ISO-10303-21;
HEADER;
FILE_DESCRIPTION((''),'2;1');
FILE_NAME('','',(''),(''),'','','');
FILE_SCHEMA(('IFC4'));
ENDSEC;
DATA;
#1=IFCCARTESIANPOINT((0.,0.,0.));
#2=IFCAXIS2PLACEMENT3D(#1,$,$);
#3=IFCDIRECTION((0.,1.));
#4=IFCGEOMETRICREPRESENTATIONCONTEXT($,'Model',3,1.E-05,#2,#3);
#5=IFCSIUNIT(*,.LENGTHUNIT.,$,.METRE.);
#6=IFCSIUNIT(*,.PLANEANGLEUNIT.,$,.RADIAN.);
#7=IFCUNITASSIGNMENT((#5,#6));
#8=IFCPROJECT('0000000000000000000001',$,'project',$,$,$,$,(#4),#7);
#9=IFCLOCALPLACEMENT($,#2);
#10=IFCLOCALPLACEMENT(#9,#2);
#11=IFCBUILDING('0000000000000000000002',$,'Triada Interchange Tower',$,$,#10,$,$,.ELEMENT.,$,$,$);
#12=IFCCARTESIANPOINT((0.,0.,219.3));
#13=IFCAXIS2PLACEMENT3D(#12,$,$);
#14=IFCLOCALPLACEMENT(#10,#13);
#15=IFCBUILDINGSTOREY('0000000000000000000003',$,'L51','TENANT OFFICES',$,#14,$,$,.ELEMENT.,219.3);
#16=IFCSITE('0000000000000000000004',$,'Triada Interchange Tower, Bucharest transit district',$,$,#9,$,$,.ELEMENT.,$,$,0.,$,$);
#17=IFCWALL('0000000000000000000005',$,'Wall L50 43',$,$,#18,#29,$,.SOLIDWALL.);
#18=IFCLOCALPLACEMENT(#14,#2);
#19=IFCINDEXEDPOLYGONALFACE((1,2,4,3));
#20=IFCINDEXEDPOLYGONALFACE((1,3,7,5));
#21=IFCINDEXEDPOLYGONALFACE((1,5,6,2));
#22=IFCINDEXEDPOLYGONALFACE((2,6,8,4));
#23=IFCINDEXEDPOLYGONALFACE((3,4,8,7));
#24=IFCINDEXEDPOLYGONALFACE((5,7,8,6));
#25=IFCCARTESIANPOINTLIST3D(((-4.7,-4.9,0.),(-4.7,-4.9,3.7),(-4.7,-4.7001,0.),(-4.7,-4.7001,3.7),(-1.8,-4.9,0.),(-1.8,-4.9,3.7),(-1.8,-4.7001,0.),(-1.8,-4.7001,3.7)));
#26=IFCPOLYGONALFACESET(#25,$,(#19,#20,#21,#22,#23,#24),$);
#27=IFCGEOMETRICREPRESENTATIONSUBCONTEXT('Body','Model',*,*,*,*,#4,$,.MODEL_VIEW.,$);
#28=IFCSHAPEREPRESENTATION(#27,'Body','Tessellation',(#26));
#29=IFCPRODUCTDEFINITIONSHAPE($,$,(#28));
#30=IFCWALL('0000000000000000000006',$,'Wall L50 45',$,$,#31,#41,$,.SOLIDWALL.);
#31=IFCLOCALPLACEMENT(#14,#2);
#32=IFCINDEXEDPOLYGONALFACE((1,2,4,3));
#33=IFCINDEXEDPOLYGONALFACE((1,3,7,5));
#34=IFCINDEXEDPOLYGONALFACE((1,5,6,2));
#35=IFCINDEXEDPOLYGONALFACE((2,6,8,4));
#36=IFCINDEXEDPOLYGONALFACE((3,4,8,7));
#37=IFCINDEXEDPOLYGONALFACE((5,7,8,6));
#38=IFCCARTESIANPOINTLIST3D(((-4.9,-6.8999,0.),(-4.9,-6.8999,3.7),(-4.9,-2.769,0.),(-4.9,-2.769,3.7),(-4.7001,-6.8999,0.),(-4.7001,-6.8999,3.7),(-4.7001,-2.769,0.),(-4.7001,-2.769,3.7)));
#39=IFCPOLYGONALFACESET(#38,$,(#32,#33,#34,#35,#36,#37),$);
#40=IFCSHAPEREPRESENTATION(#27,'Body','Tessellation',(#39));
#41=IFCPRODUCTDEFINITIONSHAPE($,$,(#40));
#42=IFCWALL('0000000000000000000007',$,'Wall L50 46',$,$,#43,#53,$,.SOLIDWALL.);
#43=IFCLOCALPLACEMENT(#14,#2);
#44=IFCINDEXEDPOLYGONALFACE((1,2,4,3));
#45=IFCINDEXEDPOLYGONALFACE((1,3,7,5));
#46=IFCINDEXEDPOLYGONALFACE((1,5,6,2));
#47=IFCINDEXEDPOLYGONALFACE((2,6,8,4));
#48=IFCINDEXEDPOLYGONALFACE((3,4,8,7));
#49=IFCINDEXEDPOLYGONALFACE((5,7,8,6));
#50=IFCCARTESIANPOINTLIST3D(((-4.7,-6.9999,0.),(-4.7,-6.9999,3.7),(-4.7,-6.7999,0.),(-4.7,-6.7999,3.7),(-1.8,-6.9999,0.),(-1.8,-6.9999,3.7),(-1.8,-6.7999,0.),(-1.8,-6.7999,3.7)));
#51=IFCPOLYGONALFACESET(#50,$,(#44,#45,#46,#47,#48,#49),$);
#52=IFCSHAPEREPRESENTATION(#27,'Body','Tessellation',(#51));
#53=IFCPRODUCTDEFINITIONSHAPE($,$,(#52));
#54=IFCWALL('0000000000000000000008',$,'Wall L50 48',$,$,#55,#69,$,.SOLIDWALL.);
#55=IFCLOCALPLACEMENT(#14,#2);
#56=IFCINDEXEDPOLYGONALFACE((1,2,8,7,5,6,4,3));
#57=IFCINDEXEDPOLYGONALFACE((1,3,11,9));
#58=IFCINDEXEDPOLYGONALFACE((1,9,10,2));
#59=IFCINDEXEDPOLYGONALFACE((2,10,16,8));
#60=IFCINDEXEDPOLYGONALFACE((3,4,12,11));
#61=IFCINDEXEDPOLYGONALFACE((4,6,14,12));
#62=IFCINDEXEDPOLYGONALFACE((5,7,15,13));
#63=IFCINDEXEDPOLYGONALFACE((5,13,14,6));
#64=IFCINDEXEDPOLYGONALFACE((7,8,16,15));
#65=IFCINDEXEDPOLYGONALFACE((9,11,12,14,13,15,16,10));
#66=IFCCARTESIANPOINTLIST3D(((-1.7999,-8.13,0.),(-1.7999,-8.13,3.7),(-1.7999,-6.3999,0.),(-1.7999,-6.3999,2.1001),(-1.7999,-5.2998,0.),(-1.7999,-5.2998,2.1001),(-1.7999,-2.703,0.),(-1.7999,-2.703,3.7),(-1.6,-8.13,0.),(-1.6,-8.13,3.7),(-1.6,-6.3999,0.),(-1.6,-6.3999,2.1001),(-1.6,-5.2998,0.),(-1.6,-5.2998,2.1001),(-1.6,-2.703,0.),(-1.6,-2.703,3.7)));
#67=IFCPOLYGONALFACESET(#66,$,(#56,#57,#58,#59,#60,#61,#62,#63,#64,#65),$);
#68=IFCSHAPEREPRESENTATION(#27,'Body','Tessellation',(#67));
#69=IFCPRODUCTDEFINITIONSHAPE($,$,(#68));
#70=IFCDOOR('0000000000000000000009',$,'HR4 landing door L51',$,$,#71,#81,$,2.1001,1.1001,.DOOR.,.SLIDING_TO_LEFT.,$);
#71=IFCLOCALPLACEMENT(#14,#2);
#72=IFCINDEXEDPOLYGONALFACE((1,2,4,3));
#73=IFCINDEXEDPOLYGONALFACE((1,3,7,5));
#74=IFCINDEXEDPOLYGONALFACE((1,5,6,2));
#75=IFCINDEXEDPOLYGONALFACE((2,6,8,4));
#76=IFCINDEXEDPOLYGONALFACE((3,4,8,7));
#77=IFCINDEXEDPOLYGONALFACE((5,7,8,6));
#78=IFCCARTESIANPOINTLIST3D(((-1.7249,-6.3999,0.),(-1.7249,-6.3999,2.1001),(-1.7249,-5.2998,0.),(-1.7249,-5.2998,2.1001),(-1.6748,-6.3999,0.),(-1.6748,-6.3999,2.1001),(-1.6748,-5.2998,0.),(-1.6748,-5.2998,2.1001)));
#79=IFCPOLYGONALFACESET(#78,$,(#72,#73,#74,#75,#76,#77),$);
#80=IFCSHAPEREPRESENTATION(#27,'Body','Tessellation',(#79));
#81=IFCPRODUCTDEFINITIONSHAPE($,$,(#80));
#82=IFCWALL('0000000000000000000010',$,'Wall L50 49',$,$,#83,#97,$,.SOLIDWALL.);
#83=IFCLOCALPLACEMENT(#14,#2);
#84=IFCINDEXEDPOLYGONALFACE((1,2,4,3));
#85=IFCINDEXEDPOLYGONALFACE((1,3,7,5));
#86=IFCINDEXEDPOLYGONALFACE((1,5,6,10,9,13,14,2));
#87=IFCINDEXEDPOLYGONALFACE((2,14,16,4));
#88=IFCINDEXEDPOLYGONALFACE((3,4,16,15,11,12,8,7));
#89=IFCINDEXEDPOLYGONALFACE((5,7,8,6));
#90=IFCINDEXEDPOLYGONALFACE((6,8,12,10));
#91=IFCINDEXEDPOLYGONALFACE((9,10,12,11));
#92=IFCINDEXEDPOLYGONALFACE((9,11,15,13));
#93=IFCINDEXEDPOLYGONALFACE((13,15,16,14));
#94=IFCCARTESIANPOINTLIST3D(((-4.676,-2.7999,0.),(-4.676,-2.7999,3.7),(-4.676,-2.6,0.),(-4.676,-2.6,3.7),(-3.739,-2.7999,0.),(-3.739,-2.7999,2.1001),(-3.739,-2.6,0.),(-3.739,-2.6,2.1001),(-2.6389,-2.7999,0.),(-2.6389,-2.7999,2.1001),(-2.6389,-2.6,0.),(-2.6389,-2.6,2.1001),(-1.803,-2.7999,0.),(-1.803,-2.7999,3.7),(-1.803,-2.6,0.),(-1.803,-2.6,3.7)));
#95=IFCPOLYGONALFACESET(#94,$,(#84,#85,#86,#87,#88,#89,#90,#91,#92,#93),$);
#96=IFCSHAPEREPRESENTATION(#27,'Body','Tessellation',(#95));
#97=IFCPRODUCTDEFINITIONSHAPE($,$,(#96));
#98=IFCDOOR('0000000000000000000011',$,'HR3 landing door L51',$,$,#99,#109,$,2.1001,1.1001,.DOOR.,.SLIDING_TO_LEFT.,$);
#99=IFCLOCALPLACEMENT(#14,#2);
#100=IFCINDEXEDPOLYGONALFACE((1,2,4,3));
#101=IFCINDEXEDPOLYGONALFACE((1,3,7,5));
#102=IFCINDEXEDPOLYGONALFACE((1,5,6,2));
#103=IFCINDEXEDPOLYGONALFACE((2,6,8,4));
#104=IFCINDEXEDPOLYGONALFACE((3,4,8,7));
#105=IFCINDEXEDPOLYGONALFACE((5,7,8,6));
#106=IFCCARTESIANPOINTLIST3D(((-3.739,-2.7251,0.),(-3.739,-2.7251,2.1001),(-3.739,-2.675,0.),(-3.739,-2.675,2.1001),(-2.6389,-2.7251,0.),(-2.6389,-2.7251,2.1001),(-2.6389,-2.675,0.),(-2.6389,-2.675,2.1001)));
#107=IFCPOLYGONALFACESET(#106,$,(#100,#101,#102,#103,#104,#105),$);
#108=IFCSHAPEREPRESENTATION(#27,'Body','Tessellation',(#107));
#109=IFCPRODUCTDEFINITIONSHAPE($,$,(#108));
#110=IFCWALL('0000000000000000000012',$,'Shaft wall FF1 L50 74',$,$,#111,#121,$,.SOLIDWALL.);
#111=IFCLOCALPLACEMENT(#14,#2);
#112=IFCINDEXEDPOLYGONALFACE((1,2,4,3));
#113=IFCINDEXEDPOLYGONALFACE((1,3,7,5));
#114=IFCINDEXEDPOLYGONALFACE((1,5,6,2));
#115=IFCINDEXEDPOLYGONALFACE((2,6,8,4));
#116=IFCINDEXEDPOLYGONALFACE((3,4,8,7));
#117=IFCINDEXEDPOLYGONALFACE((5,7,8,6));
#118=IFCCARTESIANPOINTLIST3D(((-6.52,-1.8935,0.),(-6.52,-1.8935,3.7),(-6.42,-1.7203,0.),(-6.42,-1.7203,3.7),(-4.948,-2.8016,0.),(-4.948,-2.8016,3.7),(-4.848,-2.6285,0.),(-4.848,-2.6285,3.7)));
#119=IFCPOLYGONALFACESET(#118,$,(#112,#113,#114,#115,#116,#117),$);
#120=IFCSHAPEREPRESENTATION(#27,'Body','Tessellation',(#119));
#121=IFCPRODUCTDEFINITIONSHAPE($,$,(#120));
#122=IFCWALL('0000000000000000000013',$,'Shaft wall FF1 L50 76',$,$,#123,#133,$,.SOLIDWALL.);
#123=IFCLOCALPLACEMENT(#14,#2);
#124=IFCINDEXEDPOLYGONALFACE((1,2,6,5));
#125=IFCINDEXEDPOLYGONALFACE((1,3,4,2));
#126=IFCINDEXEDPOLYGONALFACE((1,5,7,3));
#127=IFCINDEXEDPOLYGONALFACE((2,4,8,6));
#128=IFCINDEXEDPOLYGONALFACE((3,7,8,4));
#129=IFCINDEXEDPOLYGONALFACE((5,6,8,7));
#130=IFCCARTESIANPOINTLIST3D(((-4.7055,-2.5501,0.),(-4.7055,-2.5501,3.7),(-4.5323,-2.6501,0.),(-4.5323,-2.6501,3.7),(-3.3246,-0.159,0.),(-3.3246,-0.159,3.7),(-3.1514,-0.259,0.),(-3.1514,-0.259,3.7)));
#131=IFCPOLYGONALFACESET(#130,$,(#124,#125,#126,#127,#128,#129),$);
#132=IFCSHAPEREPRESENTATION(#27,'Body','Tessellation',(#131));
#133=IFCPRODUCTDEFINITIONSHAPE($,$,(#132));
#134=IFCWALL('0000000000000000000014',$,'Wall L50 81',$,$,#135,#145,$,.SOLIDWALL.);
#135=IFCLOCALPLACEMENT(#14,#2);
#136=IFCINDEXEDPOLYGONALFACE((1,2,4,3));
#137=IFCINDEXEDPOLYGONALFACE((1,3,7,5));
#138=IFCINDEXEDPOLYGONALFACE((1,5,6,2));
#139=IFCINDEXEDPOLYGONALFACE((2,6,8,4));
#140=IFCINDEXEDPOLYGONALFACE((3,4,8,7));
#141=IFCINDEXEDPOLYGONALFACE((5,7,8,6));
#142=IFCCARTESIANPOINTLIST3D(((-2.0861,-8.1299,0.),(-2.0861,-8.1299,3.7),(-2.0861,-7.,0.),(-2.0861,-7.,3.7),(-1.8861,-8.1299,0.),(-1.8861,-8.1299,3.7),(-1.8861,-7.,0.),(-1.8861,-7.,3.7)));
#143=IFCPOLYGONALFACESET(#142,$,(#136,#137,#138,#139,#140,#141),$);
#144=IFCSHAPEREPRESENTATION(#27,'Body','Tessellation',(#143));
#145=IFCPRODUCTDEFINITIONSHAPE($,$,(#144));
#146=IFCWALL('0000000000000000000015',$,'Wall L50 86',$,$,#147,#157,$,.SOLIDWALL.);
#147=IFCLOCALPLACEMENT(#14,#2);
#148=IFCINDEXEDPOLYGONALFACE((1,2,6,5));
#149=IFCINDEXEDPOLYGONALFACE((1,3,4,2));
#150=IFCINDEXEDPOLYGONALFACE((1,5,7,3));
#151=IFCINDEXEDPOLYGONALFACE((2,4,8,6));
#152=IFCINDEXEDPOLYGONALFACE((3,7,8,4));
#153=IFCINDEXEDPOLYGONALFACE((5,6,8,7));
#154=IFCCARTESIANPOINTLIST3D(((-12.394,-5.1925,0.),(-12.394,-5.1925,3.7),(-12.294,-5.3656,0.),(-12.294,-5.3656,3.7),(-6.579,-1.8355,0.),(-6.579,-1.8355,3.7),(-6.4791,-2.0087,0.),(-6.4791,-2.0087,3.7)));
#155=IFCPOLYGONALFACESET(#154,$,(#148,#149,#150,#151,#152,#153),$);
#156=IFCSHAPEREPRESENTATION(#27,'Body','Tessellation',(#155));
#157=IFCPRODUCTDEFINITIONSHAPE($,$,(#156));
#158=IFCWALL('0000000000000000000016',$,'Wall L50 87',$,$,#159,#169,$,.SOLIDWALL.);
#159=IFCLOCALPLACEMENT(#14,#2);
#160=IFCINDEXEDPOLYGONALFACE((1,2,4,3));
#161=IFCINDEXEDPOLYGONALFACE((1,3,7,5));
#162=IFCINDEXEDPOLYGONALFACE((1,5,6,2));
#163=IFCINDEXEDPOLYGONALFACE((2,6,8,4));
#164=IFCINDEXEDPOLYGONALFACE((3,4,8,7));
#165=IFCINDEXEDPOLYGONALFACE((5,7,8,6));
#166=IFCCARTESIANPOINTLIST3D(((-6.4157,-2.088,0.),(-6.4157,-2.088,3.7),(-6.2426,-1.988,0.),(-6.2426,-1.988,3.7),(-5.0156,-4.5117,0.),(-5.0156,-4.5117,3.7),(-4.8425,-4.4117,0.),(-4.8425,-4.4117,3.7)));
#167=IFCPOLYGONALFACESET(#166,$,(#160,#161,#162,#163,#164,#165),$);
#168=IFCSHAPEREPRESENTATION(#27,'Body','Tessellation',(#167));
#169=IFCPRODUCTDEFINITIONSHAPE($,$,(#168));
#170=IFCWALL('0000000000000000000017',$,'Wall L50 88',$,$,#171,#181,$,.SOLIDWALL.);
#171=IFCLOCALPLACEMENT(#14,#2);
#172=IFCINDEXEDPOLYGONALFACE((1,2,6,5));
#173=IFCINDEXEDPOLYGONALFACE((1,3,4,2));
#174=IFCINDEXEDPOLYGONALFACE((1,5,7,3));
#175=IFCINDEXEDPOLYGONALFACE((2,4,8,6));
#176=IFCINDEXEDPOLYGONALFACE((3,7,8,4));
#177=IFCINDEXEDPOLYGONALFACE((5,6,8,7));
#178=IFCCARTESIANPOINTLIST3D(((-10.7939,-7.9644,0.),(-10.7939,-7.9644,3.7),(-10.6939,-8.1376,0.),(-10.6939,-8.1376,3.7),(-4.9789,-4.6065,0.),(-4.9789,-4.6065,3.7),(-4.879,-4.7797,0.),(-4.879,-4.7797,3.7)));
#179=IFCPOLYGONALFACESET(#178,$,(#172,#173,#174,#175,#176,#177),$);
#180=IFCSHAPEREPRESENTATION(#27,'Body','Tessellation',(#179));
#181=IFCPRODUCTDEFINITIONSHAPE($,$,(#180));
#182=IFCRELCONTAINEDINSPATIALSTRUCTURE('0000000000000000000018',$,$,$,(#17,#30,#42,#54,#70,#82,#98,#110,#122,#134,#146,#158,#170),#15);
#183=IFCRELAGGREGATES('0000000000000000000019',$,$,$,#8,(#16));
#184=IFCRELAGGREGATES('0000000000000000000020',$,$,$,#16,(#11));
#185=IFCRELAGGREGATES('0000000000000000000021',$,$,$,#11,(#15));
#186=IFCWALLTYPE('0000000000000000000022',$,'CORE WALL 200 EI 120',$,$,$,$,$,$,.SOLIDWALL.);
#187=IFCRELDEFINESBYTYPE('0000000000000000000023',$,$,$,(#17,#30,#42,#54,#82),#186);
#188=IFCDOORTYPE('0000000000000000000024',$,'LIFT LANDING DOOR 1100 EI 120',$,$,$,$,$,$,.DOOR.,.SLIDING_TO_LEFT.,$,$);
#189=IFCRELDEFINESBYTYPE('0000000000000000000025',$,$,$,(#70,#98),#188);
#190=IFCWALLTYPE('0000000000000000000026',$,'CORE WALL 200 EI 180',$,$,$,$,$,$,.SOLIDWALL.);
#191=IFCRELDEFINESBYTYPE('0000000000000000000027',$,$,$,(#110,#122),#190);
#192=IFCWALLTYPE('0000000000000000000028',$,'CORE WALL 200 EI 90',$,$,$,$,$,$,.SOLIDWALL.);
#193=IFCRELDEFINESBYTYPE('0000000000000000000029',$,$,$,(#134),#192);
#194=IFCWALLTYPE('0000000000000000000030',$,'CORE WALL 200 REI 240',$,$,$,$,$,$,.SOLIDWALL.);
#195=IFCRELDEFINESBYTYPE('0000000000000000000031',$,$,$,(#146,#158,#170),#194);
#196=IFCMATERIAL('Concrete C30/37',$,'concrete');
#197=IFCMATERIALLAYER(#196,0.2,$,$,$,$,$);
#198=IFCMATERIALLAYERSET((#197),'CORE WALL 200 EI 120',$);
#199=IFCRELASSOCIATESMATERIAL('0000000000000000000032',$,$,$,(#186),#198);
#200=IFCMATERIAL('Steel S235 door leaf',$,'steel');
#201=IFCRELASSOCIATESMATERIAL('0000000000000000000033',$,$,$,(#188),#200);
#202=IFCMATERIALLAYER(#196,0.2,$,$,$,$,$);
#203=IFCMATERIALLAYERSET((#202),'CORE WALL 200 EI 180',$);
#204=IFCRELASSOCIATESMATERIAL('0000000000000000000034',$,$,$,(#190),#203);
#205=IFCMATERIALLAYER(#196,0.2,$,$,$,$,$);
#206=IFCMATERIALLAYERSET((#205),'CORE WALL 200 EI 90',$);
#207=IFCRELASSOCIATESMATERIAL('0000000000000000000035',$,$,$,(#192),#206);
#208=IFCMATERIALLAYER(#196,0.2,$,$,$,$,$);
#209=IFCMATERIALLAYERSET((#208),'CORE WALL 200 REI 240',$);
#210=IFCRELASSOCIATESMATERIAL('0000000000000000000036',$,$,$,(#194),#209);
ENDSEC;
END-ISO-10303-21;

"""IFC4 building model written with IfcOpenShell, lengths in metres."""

from ifc_helpers import new_model, si_unit, direction, frame, frame_2d, origin, place, context, subcontext, project, spatial, rectangle, extrude, material, layer, layer_set, type_object, element, fill, save


model = new_model("IFC4")

# Units and contexts
model_context = context("Model", 3, precision=1e-05, world=origin(), true_north=direction((0.0, 1.0)))
body_context = subcontext(model_context, "Body", "Model", "MODEL_VIEW")
ifc_project = project(units=[si_unit("LENGTHUNIT", "METRE"), si_unit("PLANEANGLEUNIT", "RADIAN")], contexts=[model_context])

# Site, building, storey
site_placement = place(None, origin())
site = spatial("IfcSite", under=ifc_project, at=site_placement, Name="Triada Interchange Tower, Bucharest transit district", CompositionType="ELEMENT", RefElevation=0.0)
building_placement = place(site_placement, origin())
building = spatial("IfcBuilding", under=site, at=building_placement, Name="Triada Interchange Tower", CompositionType="ELEMENT")
storey_placement = place(building_placement, frame((0.0, 0.0, 219.3)))
storey = spatial("IfcBuildingStorey", under=building, at=storey_placement, Name="L51", Description="TENANT OFFICES", CompositionType="ELEMENT", Elevation=219.3)

# Walls
ifc_material_1 = material(Name="Concrete C30/37", Category="concrete")
ifc_layer_1 = layer(ifc_material_1, 0.2)
ifc_layer_set_1 = layer_set([ifc_layer_1], Name="CORE WALL 200 EI 120")
wall_type_1 = type_object("IfcWallType", Name="CORE WALL 200 EI 120", PredefinedType="SOLIDWALL", material=ifc_layer_set_1)
wall_1_placement = place(storey_placement, frame((-4.7, -4.8, 0.0), z_axis=(0.0, 0.0, 1.0), x_axis=(1.0, 0.0, 0.0)))
element("IfcWall", 1, at=wall_1_placement, inside=storey, type_object=wall_type_1, Name="Wall L50 43", PredefinedType="SOLIDWALL", context=body_context, shape_type="SweptSolid", body=[
    extrude(rectangle(XDim=2.8999, YDim=0.2, at=frame_2d((1.45, 0.0))), origin(), (0.0, 0.0, 1.0), 3.7),
])
wall_2_placement = place(storey_placement, frame((-4.8, -6.8999, 0.0), z_axis=(0.0, 0.0, 1.0), x_axis=(0.0, 1.0, 0.0)))
element("IfcWall", 2, at=wall_2_placement, inside=storey, type_object=wall_type_1, Name="Wall L50 45", PredefinedType="SOLIDWALL", context=body_context, shape_type="SweptSolid", body=[
    extrude(rectangle(XDim=4.1309, YDim=0.2, at=frame_2d((2.0654, 0.0))), origin(), (0.0, 0.0, 1.0), 3.7),
])
wall_3_placement = place(storey_placement, frame((-4.7, -6.8999, 0.0), z_axis=(0.0, 0.0, 1.0), x_axis=(1.0, 0.0, 0.0)))
element("IfcWall", 3, at=wall_3_placement, inside=storey, type_object=wall_type_1, Name="Wall L50 46", PredefinedType="SOLIDWALL", context=body_context, shape_type="SweptSolid", body=[
    extrude(rectangle(XDim=2.8999, YDim=0.2, at=frame_2d((1.45, 0.0))), origin(), (0.0, 0.0, 1.0), 3.7),
])

# Walls, openings, doors
wall_4_placement = place(storey_placement, frame((-1.7, -8.1299, 0.0), z_axis=(0.0, 0.0, 1.0), x_axis=(0.0, 1.0, 0.0)))
wall_4 = element("IfcWall", 4, at=wall_4_placement, inside=storey, type_object=wall_type_1, Name="Wall L50 48", PredefinedType="SOLIDWALL", context=body_context, shape_type="SweptSolid", body=[
    extrude(rectangle(XDim=5.427, YDim=0.2, at=frame_2d((2.7134, 0.0))), origin(), (0.0, 0.0, 1.0), 3.7),
])
opening_1_placement = place(wall_4_placement, frame((1.73, 0.0, 0.0)))
opening_1 = element("IfcOpeningElement", 5, at=opening_1_placement, cuts=wall_4, PredefinedType="OPENING", context=body_context, shape_type="SweptSolid", body=[
    extrude(rectangle(XDim=1.1001, YDim=2.1001, at=frame_2d((0.55, 1.05))), frame((0.0, 0.1099, 0.0), z_axis=(0.0, -1.0, 0.0), x_axis=(1.0, 0.0, 0.0)), (0.0, 0.0, 1.0), 0.22),
])
ifc_material_2 = material(Name="Steel S235 door leaf", Category="steel")
door_type_1 = type_object("IfcDoorType", Name="LIFT LANDING DOOR 1100 EI 120", OperationType="SLIDING_TO_LEFT", PredefinedType="DOOR", material=ifc_material_2)
door_1_placement = place(opening_1_placement, origin())
door_1 = element("IfcDoor", 6, at=door_1_placement, inside=storey, type_object=door_type_1, Name="HR4 landing door L51", OperationType="SLIDING_TO_LEFT", OverallHeight=2.1001, OverallWidth=1.1001, PredefinedType="DOOR", context=body_context, shape_type="SweptSolid", body=[
    extrude(rectangle(XDim=1.1001, YDim=2.1001, at=frame_2d((0.55, 1.05))), frame((0.0, 0.0249, 0.0), z_axis=(0.0, -1.0, 0.0), x_axis=(1.0, 0.0, 0.0)), (0.0, 0.0, 1.0), 0.05),
])
fill(opening_1, door_1)
wall_5_placement = place(storey_placement, frame((-4.676, -2.7, 0.0), z_axis=(0.0, 0.0, 1.0), x_axis=(1.0, 0.0, 0.0)))
wall_5 = element("IfcWall", 7, at=wall_5_placement, inside=storey, type_object=wall_type_1, Name="Wall L50 49", PredefinedType="SOLIDWALL", context=body_context, shape_type="SweptSolid", body=[
    extrude(rectangle(XDim=2.873, YDim=0.2, at=frame_2d((1.4365, 0.0))), origin(), (0.0, 0.0, 1.0), 3.7),
])
opening_2_placement = place(wall_5_placement, frame((0.937, 0.0, 0.0)))
opening_2 = element("IfcOpeningElement", 8, at=opening_2_placement, cuts=wall_5, PredefinedType="OPENING", context=body_context, shape_type="SweptSolid", body=[
    extrude(rectangle(XDim=1.1001, YDim=2.1001, at=frame_2d((0.55, 1.05))), frame((0.0, 0.1099, 0.0), z_axis=(0.0, -1.0, 0.0), x_axis=(1.0, 0.0, 0.0)), (0.0, 0.0, 1.0), 0.22),
])
door_2_placement = place(opening_2_placement, origin())
door_2 = element("IfcDoor", 9, at=door_2_placement, inside=storey, type_object=door_type_1, Name="HR3 landing door L51", OperationType="SLIDING_TO_LEFT", OverallHeight=2.1001, OverallWidth=1.1001, PredefinedType="DOOR", context=body_context, shape_type="SweptSolid", body=[
    extrude(rectangle(XDim=1.1001, YDim=2.1001, at=frame_2d((0.55, 1.05))), frame((0.0, 0.0249, 0.0), z_axis=(0.0, -1.0, 0.0), x_axis=(1.0, 0.0, 0.0)), (0.0, 0.0, 1.0), 0.05),
])
fill(opening_2, door_2)

# Walls
ifc_layer_2 = layer(ifc_material_1, 0.2)
ifc_layer_set_2 = layer_set([ifc_layer_2], Name="CORE WALL 200 EI 180")
wall_type_2 = type_object("IfcWallType", Name="CORE WALL 200 EI 180", PredefinedType="SOLIDWALL", material=ifc_layer_set_2)
wall_6_placement = place(storey_placement, frame((-6.47, -1.8069, 0.0), z_axis=(0.0, 0.0, 1.0), x_axis=(0.865883, -0.500246, 0.0)))
element("IfcWall", 10, at=wall_6_placement, inside=storey, type_object=wall_type_2, Name="Shaft wall FF1 L50 74", PredefinedType="SOLIDWALL", context=body_context, shape_type="SweptSolid", body=[
    extrude(rectangle(XDim=1.8154, YDim=0.2, at=frame_2d((0.9077, 0.0))), origin(), (0.0, 0.0, 1.0), 3.7),
])
wall_7_placement = place(storey_placement, frame((-4.6189, -2.6001, 0.0), z_axis=(0.0, 0.0, 1.0), x_axis=(0.500095, 0.865971, 0.0)))
element("IfcWall", 11, at=wall_7_placement, inside=storey, type_object=wall_type_2, Name="Shaft wall FF1 L50 76", PredefinedType="SOLIDWALL", context=body_context, shape_type="SweptSolid", body=[
    extrude(rectangle(XDim=2.7612, YDim=0.2, at=frame_2d((1.3806, 0.0))), origin(), (0.0, 0.0, 1.0), 3.7),
])
ifc_layer_3 = layer(ifc_material_1, 0.2)
ifc_layer_set_3 = layer_set([ifc_layer_3], Name="CORE WALL 200 EI 90")
wall_type_3 = type_object("IfcWallType", Name="CORE WALL 200 EI 90", PredefinedType="SOLIDWALL", material=ifc_layer_set_3)
wall_8_placement = place(storey_placement, frame((-1.9861, -8.1299, 0.0), z_axis=(0.0, 0.0, 1.0), x_axis=(0.0, 1.0, 0.0)))
element("IfcWall", 12, at=wall_8_placement, inside=storey, type_object=wall_type_3, Name="Wall L50 81", PredefinedType="SOLIDWALL", context=body_context, shape_type="SweptSolid", body=[
    extrude(rectangle(XDim=1.1299, YDim=0.2, at=frame_2d((0.5649, 0.0))), origin(), (0.0, 0.0, 1.0), 3.7),
])
ifc_layer_4 = layer(ifc_material_1, 0.2)
ifc_layer_set_4 = layer_set([ifc_layer_4], Name="CORE WALL 200 REI 240")
wall_type_4 = type_object("IfcWallType", Name="CORE WALL 200 REI 240", PredefinedType="SOLIDWALL", material=ifc_layer_set_4)
wall_9_placement = place(storey_placement, frame((-12.344, -5.2791, 0.0), z_axis=(0.0, 0.0, 1.0), x_axis=(0.866046, 0.499964, 0.0)))
element("IfcWall", 13, at=wall_9_placement, inside=storey, type_object=wall_type_4, Name="Wall L50 86", PredefinedType="SOLIDWALL", context=body_context, shape_type="SweptSolid", body=[
    extrude(rectangle(XDim=6.7144, YDim=0.2, at=frame_2d((3.3572, 0.0))), origin(), (0.0, 0.0, 1.0), 3.7),
])
wall_10_placement = place(storey_placement, frame((-6.3291, -2.0381, 0.0), z_axis=(0.0, 0.0, 1.0), x_axis=(0.500201, -0.86591, 0.0)))
element("IfcWall", 14, at=wall_10_placement, inside=storey, type_object=wall_type_4, Name="Wall L50 87", PredefinedType="SOLIDWALL", context=body_context, shape_type="SweptSolid", body=[
    extrude(rectangle(XDim=2.7991, YDim=0.2, at=frame_2d((1.3994, 0.0))), origin(), (0.0, 0.0, 1.0), 3.7),
])
wall_11_placement = place(storey_placement, frame((-10.7439, -8.051, 0.0), z_axis=(0.0, 0.0, 1.0), x_axis=(0.865983, 0.500073, 0.0)))
element("IfcWall", 15, at=wall_11_placement, inside=storey, type_object=wall_type_4, Name="Wall L50 88", PredefinedType="SOLIDWALL", context=body_context, shape_type="SweptSolid", body=[
    extrude(rectangle(XDim=6.7148, YDim=0.2, at=frame_2d((3.3574, 0.0))), origin(), (0.0, 0.0, 1.0), 3.7),
])

save(model, "model.ifc")
